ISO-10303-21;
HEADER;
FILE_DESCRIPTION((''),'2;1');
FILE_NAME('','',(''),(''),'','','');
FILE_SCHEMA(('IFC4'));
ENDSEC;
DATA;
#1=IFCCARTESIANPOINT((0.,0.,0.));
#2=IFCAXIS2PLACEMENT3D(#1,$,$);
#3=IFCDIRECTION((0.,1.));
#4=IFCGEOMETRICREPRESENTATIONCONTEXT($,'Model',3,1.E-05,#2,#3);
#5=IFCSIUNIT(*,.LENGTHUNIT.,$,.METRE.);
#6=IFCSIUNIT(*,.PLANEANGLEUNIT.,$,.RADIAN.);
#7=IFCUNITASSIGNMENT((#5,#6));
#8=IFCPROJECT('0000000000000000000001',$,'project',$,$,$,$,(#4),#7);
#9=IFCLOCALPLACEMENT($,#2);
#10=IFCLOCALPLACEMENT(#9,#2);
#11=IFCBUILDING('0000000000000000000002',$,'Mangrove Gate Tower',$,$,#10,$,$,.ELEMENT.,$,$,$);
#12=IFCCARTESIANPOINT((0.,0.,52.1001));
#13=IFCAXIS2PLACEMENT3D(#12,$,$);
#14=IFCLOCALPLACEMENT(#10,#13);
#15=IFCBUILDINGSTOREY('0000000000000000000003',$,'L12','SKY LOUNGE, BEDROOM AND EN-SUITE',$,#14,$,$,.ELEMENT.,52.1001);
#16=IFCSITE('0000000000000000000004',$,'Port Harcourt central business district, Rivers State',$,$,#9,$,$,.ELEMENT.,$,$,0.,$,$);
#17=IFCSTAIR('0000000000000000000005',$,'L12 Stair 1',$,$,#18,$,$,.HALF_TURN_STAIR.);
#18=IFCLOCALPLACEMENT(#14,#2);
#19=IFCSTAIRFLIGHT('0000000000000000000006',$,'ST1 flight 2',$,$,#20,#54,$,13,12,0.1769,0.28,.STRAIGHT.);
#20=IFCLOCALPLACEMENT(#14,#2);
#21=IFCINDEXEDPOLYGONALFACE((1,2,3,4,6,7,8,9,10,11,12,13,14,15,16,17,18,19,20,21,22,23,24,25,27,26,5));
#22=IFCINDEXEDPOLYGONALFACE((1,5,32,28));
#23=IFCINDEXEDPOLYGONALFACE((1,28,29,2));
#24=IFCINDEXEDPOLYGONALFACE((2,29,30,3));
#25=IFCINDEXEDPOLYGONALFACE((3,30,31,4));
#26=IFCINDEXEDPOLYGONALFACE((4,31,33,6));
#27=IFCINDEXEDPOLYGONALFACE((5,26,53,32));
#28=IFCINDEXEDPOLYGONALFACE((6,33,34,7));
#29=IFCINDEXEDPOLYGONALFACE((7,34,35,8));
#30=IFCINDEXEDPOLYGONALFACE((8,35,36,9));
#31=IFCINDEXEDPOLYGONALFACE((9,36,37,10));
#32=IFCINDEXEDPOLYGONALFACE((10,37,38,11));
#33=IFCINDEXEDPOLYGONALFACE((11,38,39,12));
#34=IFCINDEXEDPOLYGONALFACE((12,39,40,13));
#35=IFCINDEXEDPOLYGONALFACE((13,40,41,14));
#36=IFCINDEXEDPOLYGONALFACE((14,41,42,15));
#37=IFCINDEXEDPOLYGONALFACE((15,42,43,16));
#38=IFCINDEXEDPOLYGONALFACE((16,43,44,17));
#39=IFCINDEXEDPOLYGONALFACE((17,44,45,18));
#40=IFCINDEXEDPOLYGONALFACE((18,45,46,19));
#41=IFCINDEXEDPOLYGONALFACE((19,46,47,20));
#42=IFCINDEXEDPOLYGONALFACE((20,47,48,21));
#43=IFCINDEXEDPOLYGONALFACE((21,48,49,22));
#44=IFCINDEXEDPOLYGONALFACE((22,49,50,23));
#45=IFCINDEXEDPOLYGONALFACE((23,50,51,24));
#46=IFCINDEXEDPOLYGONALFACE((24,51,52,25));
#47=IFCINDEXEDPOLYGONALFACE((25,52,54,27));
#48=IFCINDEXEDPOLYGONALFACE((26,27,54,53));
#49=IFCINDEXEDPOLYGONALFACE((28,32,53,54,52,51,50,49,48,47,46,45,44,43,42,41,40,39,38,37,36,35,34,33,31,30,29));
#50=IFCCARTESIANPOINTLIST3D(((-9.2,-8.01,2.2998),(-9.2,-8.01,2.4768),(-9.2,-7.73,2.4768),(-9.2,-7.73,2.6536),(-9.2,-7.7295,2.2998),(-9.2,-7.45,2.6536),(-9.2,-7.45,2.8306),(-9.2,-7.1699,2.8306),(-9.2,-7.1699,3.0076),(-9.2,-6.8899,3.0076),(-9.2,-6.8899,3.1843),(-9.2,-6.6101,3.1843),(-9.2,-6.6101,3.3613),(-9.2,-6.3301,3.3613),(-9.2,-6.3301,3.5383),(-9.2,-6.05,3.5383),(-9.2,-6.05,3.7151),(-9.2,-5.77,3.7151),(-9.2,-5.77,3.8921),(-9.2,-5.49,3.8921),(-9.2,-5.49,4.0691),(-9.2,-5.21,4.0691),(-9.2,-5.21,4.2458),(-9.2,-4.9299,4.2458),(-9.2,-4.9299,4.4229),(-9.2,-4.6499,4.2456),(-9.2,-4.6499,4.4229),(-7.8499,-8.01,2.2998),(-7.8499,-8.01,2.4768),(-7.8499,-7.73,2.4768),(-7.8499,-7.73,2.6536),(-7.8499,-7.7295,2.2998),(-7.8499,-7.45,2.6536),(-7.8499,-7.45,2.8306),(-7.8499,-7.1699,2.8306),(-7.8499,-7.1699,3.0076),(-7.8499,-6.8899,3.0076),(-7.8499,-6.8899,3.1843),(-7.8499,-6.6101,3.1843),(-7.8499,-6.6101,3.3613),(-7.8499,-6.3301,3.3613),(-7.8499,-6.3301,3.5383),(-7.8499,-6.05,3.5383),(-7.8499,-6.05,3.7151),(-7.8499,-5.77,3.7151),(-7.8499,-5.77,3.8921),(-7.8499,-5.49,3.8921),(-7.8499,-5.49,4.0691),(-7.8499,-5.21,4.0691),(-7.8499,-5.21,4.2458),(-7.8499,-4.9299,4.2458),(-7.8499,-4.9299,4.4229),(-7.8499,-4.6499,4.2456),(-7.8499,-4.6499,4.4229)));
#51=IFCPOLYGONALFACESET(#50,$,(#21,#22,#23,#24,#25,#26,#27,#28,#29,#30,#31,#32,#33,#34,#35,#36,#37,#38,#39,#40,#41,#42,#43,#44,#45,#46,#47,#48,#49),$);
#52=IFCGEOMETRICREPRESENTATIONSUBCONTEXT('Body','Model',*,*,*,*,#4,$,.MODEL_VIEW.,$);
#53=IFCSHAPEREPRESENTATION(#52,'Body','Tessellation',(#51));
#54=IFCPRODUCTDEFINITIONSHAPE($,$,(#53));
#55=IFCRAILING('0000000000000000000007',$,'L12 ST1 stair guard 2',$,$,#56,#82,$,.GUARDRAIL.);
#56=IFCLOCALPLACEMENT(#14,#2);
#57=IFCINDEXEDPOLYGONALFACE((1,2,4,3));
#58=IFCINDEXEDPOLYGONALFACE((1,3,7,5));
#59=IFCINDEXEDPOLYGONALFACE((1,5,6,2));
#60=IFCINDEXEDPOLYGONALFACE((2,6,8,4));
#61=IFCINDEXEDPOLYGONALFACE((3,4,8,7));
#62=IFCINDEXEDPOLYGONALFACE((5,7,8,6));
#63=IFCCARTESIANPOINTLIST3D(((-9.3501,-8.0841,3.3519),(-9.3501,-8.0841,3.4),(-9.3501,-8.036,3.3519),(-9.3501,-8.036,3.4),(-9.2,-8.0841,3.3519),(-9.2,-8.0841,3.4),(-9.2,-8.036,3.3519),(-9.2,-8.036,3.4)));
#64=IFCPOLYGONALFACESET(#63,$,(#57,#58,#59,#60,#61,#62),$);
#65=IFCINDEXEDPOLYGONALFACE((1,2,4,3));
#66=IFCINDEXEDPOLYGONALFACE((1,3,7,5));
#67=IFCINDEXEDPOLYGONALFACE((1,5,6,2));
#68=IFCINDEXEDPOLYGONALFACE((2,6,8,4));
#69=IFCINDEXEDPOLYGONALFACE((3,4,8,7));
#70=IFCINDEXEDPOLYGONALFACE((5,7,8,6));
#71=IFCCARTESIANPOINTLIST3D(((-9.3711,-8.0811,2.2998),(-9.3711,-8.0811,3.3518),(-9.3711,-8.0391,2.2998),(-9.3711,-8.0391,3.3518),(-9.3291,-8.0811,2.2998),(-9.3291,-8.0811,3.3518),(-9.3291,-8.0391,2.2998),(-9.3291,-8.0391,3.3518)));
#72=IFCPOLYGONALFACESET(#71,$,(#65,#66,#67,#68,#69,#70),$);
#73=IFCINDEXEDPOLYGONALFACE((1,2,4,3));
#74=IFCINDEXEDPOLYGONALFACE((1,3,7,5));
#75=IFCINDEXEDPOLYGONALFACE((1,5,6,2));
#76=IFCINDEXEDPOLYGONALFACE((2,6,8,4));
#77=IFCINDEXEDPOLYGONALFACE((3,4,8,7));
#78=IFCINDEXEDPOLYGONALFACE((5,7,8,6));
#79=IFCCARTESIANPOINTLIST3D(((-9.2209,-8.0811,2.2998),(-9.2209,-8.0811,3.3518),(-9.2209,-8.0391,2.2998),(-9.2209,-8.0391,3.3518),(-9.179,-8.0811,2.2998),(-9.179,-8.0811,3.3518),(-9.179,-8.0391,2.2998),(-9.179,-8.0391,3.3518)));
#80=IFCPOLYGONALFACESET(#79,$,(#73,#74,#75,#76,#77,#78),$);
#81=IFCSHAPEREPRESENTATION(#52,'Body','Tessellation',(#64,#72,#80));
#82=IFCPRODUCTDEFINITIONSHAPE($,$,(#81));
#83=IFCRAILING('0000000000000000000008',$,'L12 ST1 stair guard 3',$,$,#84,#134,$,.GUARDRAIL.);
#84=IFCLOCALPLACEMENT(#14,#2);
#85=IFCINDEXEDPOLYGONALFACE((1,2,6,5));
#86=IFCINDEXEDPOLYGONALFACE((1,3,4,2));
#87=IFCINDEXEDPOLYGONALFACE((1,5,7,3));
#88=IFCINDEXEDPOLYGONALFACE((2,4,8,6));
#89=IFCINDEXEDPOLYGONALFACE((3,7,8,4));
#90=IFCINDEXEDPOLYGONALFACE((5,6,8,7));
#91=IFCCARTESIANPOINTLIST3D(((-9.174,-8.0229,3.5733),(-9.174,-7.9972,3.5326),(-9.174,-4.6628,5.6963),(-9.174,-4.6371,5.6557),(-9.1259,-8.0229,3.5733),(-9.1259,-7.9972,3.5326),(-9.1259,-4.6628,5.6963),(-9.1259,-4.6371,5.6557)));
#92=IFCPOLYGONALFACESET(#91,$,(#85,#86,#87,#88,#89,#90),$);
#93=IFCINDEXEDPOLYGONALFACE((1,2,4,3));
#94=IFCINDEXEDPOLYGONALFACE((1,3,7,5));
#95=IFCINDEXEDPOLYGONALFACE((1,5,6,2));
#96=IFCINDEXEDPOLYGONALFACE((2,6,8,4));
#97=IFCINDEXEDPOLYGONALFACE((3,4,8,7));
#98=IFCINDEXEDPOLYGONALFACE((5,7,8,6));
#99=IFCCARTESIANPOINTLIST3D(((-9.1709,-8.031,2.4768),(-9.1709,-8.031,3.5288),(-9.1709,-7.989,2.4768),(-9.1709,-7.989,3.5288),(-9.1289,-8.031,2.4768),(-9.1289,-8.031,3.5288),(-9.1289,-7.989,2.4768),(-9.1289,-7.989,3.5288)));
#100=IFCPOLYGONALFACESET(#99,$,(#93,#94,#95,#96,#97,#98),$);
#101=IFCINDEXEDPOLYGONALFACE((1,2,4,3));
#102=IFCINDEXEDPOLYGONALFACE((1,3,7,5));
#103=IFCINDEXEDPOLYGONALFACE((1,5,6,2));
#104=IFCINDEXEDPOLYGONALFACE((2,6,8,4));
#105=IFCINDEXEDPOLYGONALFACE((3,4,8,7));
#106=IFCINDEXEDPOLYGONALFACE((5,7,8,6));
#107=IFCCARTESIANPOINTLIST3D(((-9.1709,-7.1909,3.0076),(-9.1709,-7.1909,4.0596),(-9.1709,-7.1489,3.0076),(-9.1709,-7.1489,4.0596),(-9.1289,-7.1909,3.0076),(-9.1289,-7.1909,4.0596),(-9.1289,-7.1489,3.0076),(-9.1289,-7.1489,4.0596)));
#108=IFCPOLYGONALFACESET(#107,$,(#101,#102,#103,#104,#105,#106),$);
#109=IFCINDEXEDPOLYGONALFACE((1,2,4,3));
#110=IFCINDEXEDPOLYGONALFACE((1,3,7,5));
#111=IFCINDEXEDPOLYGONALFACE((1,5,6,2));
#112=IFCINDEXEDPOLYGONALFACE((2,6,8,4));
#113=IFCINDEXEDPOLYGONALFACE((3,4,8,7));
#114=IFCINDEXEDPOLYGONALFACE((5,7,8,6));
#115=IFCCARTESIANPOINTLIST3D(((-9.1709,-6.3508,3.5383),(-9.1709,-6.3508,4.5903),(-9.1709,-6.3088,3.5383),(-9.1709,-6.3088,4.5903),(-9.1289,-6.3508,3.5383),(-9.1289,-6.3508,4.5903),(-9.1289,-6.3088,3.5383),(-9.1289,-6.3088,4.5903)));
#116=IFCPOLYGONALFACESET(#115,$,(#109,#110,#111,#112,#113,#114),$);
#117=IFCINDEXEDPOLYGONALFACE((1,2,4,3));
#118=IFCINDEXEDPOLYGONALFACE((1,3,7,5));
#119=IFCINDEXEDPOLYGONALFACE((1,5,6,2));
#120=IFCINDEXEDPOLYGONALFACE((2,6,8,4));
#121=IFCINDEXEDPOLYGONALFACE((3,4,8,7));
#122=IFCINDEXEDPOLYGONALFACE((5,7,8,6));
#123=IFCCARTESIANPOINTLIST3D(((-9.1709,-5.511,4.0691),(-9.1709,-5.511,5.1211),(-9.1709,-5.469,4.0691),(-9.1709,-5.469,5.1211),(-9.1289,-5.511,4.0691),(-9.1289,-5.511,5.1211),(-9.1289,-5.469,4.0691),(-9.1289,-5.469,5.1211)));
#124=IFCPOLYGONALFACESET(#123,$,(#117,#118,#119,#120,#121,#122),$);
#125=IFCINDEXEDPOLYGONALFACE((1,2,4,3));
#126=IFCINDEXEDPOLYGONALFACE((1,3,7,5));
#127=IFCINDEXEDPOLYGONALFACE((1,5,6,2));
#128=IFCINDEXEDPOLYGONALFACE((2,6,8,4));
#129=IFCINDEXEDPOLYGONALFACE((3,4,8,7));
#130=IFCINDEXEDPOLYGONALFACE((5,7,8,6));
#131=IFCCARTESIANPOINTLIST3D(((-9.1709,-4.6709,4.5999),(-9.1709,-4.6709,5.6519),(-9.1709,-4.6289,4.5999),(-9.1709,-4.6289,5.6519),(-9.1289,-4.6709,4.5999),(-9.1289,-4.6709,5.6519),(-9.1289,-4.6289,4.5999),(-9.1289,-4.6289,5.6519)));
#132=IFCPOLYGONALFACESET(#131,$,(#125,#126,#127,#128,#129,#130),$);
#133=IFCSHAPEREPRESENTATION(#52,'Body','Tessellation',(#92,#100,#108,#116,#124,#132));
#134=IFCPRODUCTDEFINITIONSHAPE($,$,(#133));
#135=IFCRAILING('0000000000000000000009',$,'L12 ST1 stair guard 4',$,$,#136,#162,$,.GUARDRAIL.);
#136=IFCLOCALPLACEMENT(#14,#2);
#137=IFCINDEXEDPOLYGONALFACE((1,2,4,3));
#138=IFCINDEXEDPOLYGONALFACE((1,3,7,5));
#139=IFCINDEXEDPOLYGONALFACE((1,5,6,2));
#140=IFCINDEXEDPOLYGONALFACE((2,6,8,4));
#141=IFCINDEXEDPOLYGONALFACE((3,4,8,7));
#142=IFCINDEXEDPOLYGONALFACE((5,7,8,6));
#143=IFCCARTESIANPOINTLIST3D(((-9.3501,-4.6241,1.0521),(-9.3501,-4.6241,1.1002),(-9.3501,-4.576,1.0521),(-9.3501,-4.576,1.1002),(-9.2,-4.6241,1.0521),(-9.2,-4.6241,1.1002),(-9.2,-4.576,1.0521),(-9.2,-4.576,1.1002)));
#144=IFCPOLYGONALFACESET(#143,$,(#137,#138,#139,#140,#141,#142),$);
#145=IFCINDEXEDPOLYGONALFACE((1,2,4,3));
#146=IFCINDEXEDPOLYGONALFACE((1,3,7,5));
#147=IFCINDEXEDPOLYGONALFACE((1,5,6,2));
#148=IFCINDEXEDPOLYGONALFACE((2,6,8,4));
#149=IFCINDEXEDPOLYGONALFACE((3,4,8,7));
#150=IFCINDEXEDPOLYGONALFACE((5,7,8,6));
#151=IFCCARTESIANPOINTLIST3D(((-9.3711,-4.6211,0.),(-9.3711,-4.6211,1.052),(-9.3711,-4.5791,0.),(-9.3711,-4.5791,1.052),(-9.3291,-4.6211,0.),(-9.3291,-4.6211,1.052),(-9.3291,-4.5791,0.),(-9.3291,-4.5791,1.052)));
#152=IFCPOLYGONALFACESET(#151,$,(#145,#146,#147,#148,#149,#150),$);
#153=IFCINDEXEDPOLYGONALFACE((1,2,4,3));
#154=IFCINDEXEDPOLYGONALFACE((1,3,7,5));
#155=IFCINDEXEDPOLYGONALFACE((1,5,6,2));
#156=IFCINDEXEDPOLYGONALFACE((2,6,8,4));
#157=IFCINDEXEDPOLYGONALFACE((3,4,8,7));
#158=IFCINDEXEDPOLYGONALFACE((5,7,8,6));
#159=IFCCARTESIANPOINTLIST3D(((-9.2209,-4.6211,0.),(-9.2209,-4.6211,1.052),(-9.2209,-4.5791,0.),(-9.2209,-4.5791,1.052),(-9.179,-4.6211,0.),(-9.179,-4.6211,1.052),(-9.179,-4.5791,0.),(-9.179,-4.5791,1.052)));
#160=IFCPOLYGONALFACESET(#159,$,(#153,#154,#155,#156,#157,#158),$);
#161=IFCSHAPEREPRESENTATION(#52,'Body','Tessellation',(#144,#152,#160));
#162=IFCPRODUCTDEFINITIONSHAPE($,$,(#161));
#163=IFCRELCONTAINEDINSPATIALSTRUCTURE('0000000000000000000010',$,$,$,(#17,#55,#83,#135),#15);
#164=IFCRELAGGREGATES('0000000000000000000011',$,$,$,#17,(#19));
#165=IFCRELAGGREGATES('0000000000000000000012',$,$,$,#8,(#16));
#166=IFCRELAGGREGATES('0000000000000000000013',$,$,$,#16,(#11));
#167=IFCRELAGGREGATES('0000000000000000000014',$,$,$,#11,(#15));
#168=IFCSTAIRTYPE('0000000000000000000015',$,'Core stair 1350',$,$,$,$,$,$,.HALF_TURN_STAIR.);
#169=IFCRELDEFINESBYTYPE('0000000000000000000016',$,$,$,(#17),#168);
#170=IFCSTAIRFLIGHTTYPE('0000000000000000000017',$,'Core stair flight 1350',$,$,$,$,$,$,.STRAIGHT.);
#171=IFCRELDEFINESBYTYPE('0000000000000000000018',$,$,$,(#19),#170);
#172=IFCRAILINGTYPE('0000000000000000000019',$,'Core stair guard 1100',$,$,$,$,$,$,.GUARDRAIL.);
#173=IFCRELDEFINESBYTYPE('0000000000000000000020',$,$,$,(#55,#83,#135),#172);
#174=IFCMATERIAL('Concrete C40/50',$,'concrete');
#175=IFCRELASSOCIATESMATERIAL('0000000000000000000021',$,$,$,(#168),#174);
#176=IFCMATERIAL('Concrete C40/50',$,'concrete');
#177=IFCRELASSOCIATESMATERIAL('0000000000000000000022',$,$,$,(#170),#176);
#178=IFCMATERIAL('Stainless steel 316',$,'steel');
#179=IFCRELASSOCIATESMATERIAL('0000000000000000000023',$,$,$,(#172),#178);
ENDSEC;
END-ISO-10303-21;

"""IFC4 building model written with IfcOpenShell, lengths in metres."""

from ifc_helpers import new_model, si_unit, direction, frame, origin, origin_2d, place, context, subcontext, project, spatial, polyline, rectangle, outline, extrude, material, type_object, element, aggregate, save


model = new_model("IFC4")

# Units and contexts
model_context = context("Model", 3, precision=1e-05, world=origin(), true_north=direction((0.0, 1.0)))
body_context = subcontext(model_context, "Body", "Model", "MODEL_VIEW")
ifc_project = project(units=[si_unit("LENGTHUNIT", "METRE"), si_unit("PLANEANGLEUNIT", "RADIAN")], contexts=[model_context])

# Site, building, storey
site_placement = place(None, origin())
site = spatial("IfcSite", under=ifc_project, at=site_placement, Name="Port Harcourt central business district, Rivers State", CompositionType="ELEMENT", RefElevation=0.0)
building_placement = place(site_placement, origin())
building = spatial("IfcBuilding", under=site, at=building_placement, Name="Mangrove Gate Tower", CompositionType="ELEMENT")
storey_placement = place(building_placement, frame((0.0, 0.0, 52.1001)))
storey = spatial("IfcBuildingStorey", under=building, at=storey_placement, Name="L12", Description="SKY LOUNGE, BEDROOM AND EN-SUITE", CompositionType="ELEMENT", Elevation=52.1001)

# Stair, stair flight
ifc_material_1 = material(Name="Concrete C40/50", Category="concrete")
stair_type = type_object("IfcStairType", Name="Core stair 1350", PredefinedType="HALF_TURN_STAIR", material=ifc_material_1)
stair_placement = place(storey_placement, origin())
stair = element("IfcStair", 1, at=stair_placement, inside=storey, type_object=stair_type, Name="L12 Stair 1", PredefinedType="HALF_TURN_STAIR")
ifc_material_2 = material(Name="Concrete C40/50", Category="concrete")
stair_flight_type = type_object("IfcStairFlightType", Name="Core stair flight 1350", PredefinedType="STRAIGHT", material=ifc_material_2)
stair_flight_placement = place(storey_placement, frame((-8.5249, -8.01, 2.2998), z_axis=(0.0, 0.0, 1.0), x_axis=(0.0, 1.0, 0.0)))
stair_flight = element("IfcStairFlight", 2, at=stair_flight_placement, type_object=stair_flight_type, Name="ST1 flight 2", NumberOfRisers=13, NumberOfTreads=12, PredefinedType="STRAIGHT", RiserHeight=0.1769, TreadLength=0.28, context=body_context, shape_type="SweptSolid", body=[
    extrude(outline(polyline([(0.0, 0.0), (0.0, 0.177), (0.28, 0.177), (0.28, 0.3538), (0.5601, 0.3538), (0.5601, 0.5308), (0.8401, 0.5308), (0.8401, 0.7078), (1.1201, 0.7078), (1.1201, 0.8845), (1.3999, 0.8845), (1.3999, 1.0615), (1.6799, 1.0615), (1.6799, 1.2385), (1.96, 1.2385), (1.96, 1.4153), (2.24, 1.4153), (2.24, 1.5923), (2.52, 1.5923), (2.52, 1.7693), (2.8, 1.7693), (2.8, 1.946), (3.0801, 1.946), (3.0801, 2.123), (3.3601, 2.123), (3.3601, 2.3), (3.3601, 1.9458), (0.2805, 0.0), (0.0, 0.0)])), frame((0.0, 0.675, 0.0), z_axis=(0.0, -1.0, 0.0), x_axis=(1.0, 0.0, 0.0)), (0.0, 0.0, 1.0), 1.3501),
])
aggregate(stair, [stair_flight])

# Railings
ifc_material_3 = material(Name="Stainless steel 316", Category="steel")
railing_type_1 = type_object("IfcRailingType", Name="Core stair guard 1100", PredefinedType="GUARDRAIL", material=ifc_material_3)
railing_1_placement = place(storey_placement, frame((-9.3501, -8.0601, 2.2998)))
element("IfcRailing", 3, at=railing_1_placement, inside=storey, type_object=railing_type_1, Name="L12 ST1 stair guard 2", PredefinedType="GUARDRAIL", context=body_context, shape_type="SweptSolid", body=[
    extrude(rectangle(XDim=0.0481, YDim=0.0481, at=origin_2d()), frame((0.0, 0.0, 1.0762), z_axis=(1.0, 0.0, 0.0), x_axis=(0.0, 1.0, 0.0)), (0.0, 0.0, 1.0), 0.1501),
    extrude(rectangle(XDim=0.042, YDim=0.042, at=origin_2d()), origin(), (0.0, 0.0, 1.0), 1.052),
    extrude(rectangle(XDim=0.042, YDim=0.042, at=origin_2d()), frame((0.1501, 0.0, 0.0)), (0.0, 0.0, 1.0), 1.052),
])
railing_2_placement = place(storey_placement, frame((-9.1499, -8.01, 2.4768)))
element("IfcRailing", 4, at=railing_2_placement, inside=storey, type_object=railing_type_1, Name="L12 ST1 stair guard 3", PredefinedType="GUARDRAIL", context=body_context, shape_type="SweptSolid", body=[
    extrude(rectangle(XDim=0.0481, YDim=0.0481, at=origin_2d()), frame((0.0, 0.0, 1.0762), z_axis=(0.0, 0.84539, 0.53415), x_axis=(-1.0, 0.0, 0.0)), (0.0, 0.0, 1.0), 3.9746),
    extrude(rectangle(XDim=0.042, YDim=0.042, at=origin_2d()), origin(), (0.0, 0.0, 1.0), 1.052),
    extrude(rectangle(XDim=0.042, YDim=0.042, at=origin_2d()), frame((0.0, 0.8401, 0.5308)), (0.0, 0.0, 1.0), 1.052),
    extrude(rectangle(XDim=0.042, YDim=0.042, at=origin_2d()), frame((0.0, 1.6802, 1.0615)), (0.0, 0.0, 1.0), 1.052),
    extrude(rectangle(XDim=0.042, YDim=0.042, at=origin_2d()), frame((0.0, 2.52, 1.5923)), (0.0, 0.0, 1.0), 1.052),
    extrude(rectangle(XDim=0.042, YDim=0.042, at=origin_2d()), frame((0.0, 3.3601, 2.123)), (0.0, 0.0, 1.0), 1.052),
])
railing_3_placement = place(storey_placement, frame((-9.3501, -4.6001, 0.0)))
element("IfcRailing", 5, at=railing_3_placement, inside=storey, type_object=railing_type_1, Name="L12 ST1 stair guard 4", PredefinedType="GUARDRAIL", context=body_context, shape_type="SweptSolid", body=[
    extrude(rectangle(XDim=0.0481, YDim=0.0481, at=origin_2d()), frame((0.0, 0.0, 1.0762), z_axis=(1.0, 0.0, 0.0), x_axis=(0.0, 1.0, 0.0)), (0.0, 0.0, 1.0), 0.1501),
    extrude(rectangle(XDim=0.042, YDim=0.042, at=origin_2d()), origin(), (0.0, 0.0, 1.0), 1.052),
    extrude(rectangle(XDim=0.042, YDim=0.042, at=origin_2d()), frame((0.1501, 0.0, 0.0)), (0.0, 0.0, 1.0), 1.052),
])

save(model, "model.ifc")
